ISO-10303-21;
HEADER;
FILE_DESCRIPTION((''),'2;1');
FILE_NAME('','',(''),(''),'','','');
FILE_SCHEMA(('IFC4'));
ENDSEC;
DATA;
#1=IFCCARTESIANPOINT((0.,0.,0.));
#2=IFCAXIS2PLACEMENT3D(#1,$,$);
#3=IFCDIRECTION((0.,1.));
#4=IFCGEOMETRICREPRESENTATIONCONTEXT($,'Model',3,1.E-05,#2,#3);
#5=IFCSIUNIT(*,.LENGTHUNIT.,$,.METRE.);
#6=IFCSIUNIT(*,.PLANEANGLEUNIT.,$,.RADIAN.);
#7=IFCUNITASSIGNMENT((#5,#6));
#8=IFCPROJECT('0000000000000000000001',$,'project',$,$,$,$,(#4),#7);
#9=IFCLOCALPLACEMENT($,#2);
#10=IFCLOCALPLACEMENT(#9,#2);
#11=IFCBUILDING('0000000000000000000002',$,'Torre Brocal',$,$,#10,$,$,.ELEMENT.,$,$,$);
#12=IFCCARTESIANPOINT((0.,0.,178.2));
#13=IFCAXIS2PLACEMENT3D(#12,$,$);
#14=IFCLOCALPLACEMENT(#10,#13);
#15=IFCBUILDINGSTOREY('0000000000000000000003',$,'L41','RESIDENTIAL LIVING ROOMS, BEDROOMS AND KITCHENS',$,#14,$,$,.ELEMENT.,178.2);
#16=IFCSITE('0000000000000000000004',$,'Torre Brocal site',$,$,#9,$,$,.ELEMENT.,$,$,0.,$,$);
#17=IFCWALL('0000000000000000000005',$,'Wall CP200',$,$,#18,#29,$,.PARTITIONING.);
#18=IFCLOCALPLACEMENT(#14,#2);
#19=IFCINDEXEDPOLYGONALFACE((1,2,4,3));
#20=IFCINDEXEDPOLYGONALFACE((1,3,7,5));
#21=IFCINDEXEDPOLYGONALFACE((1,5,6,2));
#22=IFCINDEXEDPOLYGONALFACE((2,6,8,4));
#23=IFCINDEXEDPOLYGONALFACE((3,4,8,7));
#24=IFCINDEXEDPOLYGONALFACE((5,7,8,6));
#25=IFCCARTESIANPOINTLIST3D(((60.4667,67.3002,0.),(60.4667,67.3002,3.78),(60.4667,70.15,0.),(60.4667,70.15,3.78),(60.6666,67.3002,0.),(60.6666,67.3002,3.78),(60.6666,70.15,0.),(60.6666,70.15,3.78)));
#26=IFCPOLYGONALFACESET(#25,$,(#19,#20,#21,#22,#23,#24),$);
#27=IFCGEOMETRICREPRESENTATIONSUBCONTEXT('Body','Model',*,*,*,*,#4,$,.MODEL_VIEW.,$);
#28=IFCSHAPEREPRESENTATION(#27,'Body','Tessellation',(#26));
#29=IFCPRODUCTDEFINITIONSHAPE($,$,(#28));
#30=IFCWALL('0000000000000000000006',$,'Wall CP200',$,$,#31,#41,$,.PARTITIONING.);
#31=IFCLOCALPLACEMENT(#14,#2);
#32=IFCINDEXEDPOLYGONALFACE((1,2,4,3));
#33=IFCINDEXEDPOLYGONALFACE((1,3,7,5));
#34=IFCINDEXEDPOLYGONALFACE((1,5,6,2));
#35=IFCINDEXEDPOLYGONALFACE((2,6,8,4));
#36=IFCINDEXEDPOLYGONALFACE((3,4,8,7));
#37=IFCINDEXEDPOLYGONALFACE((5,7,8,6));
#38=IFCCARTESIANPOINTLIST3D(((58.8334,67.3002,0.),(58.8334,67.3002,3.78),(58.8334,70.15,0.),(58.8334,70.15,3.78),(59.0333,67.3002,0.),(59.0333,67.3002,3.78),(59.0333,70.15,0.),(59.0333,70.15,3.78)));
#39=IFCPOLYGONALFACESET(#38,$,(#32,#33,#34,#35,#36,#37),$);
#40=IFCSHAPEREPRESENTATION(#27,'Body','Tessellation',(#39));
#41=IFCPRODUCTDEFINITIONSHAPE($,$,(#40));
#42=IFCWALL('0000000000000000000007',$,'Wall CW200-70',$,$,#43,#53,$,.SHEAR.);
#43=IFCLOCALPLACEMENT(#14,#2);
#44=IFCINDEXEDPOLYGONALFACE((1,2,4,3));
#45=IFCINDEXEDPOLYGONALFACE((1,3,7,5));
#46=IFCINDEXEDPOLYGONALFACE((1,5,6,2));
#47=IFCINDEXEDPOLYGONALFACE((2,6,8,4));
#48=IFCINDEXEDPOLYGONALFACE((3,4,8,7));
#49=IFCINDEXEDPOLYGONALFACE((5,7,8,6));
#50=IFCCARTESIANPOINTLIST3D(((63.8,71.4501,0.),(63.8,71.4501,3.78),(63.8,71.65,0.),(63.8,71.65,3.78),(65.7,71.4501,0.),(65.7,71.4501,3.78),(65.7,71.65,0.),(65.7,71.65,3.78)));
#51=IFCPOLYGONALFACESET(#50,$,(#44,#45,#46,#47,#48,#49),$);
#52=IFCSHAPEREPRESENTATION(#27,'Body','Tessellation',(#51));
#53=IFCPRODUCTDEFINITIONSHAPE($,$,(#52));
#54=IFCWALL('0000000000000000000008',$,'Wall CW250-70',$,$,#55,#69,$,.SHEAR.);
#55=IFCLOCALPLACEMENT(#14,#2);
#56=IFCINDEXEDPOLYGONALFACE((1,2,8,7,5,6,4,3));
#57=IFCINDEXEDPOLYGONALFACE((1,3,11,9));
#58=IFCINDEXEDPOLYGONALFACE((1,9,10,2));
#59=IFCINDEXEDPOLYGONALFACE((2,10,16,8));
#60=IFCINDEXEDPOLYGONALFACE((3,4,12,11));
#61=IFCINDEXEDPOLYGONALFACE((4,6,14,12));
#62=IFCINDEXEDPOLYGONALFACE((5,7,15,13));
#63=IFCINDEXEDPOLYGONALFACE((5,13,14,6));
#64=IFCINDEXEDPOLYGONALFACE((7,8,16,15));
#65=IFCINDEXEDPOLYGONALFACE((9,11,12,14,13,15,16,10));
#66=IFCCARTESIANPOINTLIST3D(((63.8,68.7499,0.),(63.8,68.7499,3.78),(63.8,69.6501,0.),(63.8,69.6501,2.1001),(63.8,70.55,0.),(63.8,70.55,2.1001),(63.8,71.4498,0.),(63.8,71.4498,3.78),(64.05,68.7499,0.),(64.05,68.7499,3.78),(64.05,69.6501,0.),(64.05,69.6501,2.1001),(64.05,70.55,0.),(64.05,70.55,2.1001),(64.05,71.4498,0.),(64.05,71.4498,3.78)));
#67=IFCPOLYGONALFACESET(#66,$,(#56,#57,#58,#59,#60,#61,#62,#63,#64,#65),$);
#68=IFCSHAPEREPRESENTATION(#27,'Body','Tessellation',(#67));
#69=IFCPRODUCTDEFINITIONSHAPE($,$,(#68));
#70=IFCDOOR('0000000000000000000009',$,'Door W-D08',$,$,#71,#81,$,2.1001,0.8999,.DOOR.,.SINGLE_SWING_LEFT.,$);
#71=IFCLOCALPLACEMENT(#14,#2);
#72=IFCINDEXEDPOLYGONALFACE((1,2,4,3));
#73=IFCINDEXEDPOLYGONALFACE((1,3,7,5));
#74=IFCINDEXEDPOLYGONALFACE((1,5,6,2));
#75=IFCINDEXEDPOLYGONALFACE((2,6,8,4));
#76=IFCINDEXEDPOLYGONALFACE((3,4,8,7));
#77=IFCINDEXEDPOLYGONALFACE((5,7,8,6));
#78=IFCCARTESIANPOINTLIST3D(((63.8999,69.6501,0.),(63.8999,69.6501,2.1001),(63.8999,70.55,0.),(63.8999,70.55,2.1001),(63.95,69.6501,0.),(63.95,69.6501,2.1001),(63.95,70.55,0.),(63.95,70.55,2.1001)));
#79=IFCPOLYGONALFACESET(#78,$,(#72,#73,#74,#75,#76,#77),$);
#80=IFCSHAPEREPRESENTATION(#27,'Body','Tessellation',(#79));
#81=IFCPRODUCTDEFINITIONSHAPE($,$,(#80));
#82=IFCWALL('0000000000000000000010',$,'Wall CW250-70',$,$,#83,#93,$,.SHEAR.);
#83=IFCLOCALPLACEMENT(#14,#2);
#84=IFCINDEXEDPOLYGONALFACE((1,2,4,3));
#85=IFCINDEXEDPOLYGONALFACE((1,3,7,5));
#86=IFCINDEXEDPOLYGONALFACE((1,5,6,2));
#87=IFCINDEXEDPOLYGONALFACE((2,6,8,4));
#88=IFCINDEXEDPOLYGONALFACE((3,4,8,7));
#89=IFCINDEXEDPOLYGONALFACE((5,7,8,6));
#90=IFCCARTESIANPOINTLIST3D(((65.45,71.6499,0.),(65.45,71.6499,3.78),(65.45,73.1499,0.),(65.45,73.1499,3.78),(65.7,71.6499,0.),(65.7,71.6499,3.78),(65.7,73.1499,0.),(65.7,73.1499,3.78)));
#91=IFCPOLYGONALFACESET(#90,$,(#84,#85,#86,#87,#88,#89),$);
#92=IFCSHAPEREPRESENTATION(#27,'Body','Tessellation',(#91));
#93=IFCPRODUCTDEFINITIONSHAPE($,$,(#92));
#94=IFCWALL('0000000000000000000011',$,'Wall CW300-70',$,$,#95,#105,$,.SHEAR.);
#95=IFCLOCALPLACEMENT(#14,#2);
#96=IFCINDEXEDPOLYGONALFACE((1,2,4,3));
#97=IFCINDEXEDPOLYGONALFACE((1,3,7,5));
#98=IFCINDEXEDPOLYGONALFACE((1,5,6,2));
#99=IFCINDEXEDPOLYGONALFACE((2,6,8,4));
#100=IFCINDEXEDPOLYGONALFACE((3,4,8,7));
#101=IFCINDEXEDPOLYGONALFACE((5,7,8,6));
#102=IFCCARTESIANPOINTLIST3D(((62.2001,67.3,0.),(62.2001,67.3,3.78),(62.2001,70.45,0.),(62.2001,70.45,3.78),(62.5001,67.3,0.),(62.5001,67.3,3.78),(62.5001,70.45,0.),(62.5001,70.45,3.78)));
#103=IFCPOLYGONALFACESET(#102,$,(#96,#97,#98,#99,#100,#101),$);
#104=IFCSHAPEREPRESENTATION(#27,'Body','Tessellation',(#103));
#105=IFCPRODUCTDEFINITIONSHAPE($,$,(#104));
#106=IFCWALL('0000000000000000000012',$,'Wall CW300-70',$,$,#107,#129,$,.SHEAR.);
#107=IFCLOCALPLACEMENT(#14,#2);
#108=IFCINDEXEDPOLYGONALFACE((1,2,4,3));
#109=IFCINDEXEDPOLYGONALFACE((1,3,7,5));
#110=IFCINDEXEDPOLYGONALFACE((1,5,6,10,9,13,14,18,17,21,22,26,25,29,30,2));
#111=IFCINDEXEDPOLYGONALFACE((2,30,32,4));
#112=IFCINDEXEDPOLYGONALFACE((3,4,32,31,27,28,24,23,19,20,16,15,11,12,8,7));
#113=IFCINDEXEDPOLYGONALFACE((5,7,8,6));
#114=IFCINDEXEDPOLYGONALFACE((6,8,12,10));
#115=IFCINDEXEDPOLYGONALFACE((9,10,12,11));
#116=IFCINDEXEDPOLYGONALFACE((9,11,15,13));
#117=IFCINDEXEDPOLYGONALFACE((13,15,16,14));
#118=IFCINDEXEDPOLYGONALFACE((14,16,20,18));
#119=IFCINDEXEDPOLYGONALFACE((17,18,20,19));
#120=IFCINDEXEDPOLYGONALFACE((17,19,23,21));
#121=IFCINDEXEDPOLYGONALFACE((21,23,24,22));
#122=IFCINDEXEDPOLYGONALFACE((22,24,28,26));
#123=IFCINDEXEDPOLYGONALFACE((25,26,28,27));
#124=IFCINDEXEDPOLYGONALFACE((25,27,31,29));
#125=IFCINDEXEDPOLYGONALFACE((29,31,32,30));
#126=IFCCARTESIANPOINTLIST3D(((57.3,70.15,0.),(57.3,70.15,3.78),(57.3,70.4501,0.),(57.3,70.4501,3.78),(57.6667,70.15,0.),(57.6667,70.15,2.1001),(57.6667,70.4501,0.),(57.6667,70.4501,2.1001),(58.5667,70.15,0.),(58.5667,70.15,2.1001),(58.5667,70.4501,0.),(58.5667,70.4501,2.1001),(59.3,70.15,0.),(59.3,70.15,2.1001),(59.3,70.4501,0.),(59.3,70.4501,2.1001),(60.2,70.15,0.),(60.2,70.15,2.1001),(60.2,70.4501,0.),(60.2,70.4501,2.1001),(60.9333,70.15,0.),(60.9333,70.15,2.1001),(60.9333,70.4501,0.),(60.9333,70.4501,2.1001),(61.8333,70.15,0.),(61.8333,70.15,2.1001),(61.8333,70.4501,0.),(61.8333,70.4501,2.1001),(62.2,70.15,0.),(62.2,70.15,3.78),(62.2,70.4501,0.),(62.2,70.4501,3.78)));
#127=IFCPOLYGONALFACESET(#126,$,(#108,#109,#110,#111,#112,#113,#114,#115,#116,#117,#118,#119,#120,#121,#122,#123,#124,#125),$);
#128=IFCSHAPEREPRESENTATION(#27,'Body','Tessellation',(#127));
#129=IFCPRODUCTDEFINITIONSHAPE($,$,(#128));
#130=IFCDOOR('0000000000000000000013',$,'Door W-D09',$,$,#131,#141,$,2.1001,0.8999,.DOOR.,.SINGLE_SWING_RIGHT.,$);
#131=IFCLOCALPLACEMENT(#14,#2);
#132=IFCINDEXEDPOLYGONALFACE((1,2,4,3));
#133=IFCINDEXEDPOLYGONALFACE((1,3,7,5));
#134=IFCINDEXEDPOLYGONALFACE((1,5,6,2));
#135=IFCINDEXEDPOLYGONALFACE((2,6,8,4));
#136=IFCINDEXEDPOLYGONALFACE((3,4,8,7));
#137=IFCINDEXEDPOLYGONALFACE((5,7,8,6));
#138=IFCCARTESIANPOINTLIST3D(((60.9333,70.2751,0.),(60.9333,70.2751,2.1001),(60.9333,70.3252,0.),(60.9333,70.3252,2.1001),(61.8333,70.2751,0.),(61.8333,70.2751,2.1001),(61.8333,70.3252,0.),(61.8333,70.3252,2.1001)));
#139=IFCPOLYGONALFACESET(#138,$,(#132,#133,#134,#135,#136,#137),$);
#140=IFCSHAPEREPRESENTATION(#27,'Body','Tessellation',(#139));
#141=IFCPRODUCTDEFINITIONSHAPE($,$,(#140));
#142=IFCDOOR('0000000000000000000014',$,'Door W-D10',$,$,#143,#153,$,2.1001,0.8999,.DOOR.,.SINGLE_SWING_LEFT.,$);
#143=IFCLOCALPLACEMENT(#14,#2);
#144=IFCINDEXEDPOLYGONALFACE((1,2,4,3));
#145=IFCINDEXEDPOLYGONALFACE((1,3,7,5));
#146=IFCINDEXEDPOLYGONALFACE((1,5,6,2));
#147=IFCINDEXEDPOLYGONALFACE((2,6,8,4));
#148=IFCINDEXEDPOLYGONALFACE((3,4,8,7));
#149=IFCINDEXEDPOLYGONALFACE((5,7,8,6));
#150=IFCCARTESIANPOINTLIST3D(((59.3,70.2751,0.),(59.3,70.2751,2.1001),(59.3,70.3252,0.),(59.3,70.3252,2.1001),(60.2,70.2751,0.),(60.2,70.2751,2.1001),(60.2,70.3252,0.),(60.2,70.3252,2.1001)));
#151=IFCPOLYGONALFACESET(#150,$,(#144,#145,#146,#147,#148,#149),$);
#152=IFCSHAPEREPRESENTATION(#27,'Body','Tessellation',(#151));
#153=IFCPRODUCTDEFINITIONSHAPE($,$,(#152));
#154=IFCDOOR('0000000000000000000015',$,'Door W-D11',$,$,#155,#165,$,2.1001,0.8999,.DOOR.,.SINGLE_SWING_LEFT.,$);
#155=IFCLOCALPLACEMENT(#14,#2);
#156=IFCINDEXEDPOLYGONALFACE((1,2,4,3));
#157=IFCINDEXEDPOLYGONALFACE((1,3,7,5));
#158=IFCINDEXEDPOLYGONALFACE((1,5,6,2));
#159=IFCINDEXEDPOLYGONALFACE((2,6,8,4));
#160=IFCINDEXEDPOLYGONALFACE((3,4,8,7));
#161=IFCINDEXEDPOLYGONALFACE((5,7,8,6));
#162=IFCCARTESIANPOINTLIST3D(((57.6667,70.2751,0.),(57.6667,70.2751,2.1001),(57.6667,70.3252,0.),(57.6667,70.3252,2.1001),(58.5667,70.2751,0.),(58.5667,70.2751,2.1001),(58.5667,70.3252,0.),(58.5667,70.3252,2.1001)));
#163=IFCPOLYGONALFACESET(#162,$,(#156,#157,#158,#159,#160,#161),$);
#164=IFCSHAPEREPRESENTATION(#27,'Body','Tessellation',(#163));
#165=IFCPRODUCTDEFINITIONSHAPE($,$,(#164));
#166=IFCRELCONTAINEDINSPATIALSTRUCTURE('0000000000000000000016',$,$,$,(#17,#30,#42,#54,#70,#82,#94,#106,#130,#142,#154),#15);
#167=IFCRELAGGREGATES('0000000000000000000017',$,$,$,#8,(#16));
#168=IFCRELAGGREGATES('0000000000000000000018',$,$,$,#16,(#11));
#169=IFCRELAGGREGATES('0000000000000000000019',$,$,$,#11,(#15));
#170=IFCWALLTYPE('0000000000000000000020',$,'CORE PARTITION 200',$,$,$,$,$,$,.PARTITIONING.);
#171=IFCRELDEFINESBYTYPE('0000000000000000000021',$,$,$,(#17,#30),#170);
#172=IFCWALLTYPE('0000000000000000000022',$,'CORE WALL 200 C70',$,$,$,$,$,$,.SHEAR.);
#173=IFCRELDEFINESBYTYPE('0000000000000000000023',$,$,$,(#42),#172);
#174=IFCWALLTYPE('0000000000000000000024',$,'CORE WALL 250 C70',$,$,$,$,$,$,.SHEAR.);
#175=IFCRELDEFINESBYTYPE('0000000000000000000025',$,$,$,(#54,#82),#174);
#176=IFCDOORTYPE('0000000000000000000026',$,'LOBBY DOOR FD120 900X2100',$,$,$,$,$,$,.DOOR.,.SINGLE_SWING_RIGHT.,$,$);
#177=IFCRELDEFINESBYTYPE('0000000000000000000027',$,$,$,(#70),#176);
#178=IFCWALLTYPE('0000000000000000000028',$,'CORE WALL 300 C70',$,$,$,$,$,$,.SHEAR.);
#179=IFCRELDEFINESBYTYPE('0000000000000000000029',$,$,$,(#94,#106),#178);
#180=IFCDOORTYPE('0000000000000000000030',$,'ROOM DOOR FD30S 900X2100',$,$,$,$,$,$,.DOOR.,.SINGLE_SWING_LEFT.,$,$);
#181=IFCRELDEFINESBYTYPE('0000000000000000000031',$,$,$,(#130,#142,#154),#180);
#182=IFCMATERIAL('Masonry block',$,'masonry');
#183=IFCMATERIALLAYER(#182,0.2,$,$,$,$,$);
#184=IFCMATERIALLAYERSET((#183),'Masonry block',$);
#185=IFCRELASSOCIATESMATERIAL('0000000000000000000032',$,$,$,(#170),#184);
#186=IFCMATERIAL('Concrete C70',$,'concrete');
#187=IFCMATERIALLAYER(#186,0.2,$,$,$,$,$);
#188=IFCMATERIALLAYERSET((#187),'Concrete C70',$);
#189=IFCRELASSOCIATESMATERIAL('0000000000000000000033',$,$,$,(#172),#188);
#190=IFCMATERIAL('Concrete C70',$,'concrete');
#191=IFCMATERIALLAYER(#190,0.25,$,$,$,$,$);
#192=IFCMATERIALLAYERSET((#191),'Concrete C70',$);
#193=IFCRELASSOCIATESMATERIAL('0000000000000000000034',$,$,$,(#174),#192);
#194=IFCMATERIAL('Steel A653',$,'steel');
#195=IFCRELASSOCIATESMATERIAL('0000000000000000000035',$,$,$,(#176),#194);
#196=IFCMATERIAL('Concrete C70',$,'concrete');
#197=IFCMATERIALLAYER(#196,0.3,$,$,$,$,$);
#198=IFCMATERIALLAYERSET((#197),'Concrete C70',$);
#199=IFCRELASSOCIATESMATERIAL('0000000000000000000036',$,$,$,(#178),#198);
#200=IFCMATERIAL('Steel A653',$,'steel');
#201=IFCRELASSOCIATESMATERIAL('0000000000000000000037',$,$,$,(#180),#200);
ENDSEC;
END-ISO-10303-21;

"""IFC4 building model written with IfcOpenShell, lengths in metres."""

from ifc_helpers import new_model, si_unit, direction, frame, frame_2d, origin, place, context, subcontext, project, spatial, rectangle, extrude, material, layer, layer_set, type_object, element, fill, save


model = new_model("IFC4")

# Units and contexts
model_context = context("Model", 3, precision=1e-05, world=origin(), true_north=direction((0.0, 1.0)))
body_context = subcontext(model_context, "Body", "Model", "MODEL_VIEW")
ifc_project = project(units=[si_unit("LENGTHUNIT", "METRE"), si_unit("PLANEANGLEUNIT", "RADIAN")], contexts=[model_context])

# Site, building, storey
site_placement = place(None, origin())
site = spatial("IfcSite", under=ifc_project, at=site_placement, Name="Torre Brocal site", CompositionType="ELEMENT", RefElevation=0.0)
building_placement = place(site_placement, origin())
building = spatial("IfcBuilding", under=site, at=building_placement, Name="Torre Brocal", CompositionType="ELEMENT")
storey_placement = place(building_placement, frame((0.0, 0.0, 178.2)))
storey = spatial("IfcBuildingStorey", under=building, at=storey_placement, Name="L41", Description="RESIDENTIAL LIVING ROOMS, BEDROOMS AND KITCHENS", CompositionType="ELEMENT", Elevation=178.2)

# Walls
ifc_material_1 = material(Name="Masonry block", Category="masonry")
ifc_layer_1 = layer(ifc_material_1, 0.2)
ifc_layer_set_1 = layer_set([ifc_layer_1], Name="Masonry block")
wall_type_1 = type_object("IfcWallType", Name="CORE PARTITION 200", PredefinedType="PARTITIONING", material=ifc_layer_set_1)
for number, where, z_axis, x_axis, name in (
    (1, (60.5667, 70.1499, 0.0), (0.0, 0.0, 1.0), (0.0, -1.0, 0.0), "Wall CP200"),
    (2, (58.9333, 70.1499, 0.0), (0.0, 0.0, 1.0), (0.0, -1.0, 0.0), "Wall CP200"),
):
    element("IfcWall", number, at=place(storey_placement, frame(where, z_axis=z_axis, x_axis=x_axis)), inside=storey, type_object=wall_type_1, Name=name, PredefinedType="PARTITIONING", context=body_context, shape_type="SweptSolid", body=[
        extrude(rectangle(XDim=2.8499, YDim=0.2, at=frame_2d((1.4248, 0.0))), origin(), (0.0, 0.0, 1.0), 3.78),
    ])
ifc_material_2 = material(Name="Concrete C70", Category="concrete")
ifc_layer_2 = layer(ifc_material_2, 0.2)
ifc_layer_set_2 = layer_set([ifc_layer_2], Name="Concrete C70")
wall_type_2 = type_object("IfcWallType", Name="CORE WALL 200 C70", PredefinedType="SHEAR", material=ifc_layer_set_2)
wall_1_placement = place(storey_placement, frame((65.7, 71.55, 0.0), z_axis=(0.0, 0.0, 1.0), x_axis=(-1.0, 0.0, 0.0)))
element("IfcWall", 3, at=wall_1_placement, inside=storey, type_object=wall_type_2, Name="Wall CW200-70", PredefinedType="SHEAR", context=body_context, shape_type="SweptSolid", body=[
    extrude(rectangle(XDim=1.8999, YDim=0.2, at=frame_2d((0.95, 0.0))), origin(), (0.0, 0.0, 1.0), 3.78),
])

# Wall, opening, door
ifc_material_3 = material(Name="Concrete C70", Category="concrete")
ifc_layer_3 = layer(ifc_material_3, 0.25)
ifc_layer_set_3 = layer_set([ifc_layer_3], Name="Concrete C70")
wall_type_3 = type_object("IfcWallType", Name="CORE WALL 250 C70", PredefinedType="SHEAR", material=ifc_layer_set_3)
wall_2_placement = place(storey_placement, frame((63.925, 71.45, 0.0), z_axis=(0.0, 0.0, 1.0), x_axis=(0.0, -1.0, 0.0)))
wall_2 = element("IfcWall", 4, at=wall_2_placement, inside=storey, type_object=wall_type_3, Name="Wall CW250-70", PredefinedType="SHEAR", context=body_context, shape_type="SweptSolid", body=[
    extrude(rectangle(XDim=2.7, YDim=0.25, at=frame_2d((1.3501, 0.0))), origin(), (0.0, 0.0, 1.0), 3.78),
])
opening_1_placement = place(wall_2_placement, frame((0.8999, 0.0, 0.0)))
opening_1 = element("IfcOpeningElement", 5, at=opening_1_placement, cuts=wall_2, PredefinedType="OPENING", context=body_context, shape_type="SweptSolid", body=[
    extrude(rectangle(XDim=0.8999, YDim=2.1001, at=frame_2d((0.45, 1.05))), frame((0.0, 0.135, 0.0), z_axis=(0.0, -1.0, 0.0), x_axis=(1.0, 0.0, 0.0)), (0.0, 0.0, 1.0), 0.27),
])
ifc_material_4 = material(Name="Steel A653", Category="steel")
door_type_1 = type_object("IfcDoorType", Name="LOBBY DOOR FD120 900X2100", OperationType="SINGLE_SWING_RIGHT", PredefinedType="DOOR", material=ifc_material_4)
door_1_placement = place(opening_1_placement, origin())
door_1 = element("IfcDoor", 6, at=door_1_placement, inside=storey, type_object=door_type_1, Name="Door W-D08", OperationType="SINGLE_SWING_LEFT", OverallHeight=2.1001, OverallWidth=0.8999, PredefinedType="DOOR", context=body_context, shape_type="SweptSolid", body=[
    extrude(rectangle(XDim=0.8999, YDim=2.1001, at=frame_2d((0.45, 1.05))), frame((0.0, 0.0249, 0.0), z_axis=(0.0, -1.0, 0.0), x_axis=(1.0, 0.0, 0.0)), (0.0, 0.0, 1.0), 0.05),
])
fill(opening_1, door_1)

# Walls
wall_3_placement = place(storey_placement, frame((65.575, 73.1499, 0.0), z_axis=(0.0, 0.0, 1.0), x_axis=(0.0, -1.0, 0.0)))
element("IfcWall", 7, at=wall_3_placement, inside=storey, type_object=wall_type_3, Name="Wall CW250-70", PredefinedType="SHEAR", context=body_context, shape_type="SweptSolid", body=[
    extrude(rectangle(XDim=1.5, YDim=0.25, at=frame_2d((0.75, 0.0))), origin(), (0.0, 0.0, 1.0), 3.78),
])
ifc_material_5 = material(Name="Concrete C70", Category="concrete")
ifc_layer_4 = layer(ifc_material_5, 0.3)
ifc_layer_set_4 = layer_set([ifc_layer_4], Name="Concrete C70")
wall_type_4 = type_object("IfcWallType", Name="CORE WALL 300 C70", PredefinedType="SHEAR", material=ifc_layer_set_4)
wall_4_placement = place(storey_placement, frame((62.3501, 70.45, 0.0), z_axis=(0.0, 0.0, 1.0), x_axis=(0.0, -1.0, 0.0)))
element("IfcWall", 8, at=wall_4_placement, inside=storey, type_object=wall_type_4, Name="Wall CW300-70", PredefinedType="SHEAR", context=body_context, shape_type="SweptSolid", body=[
    extrude(rectangle(XDim=3.1499, YDim=0.3, at=frame_2d((1.575, 0.0))), origin(), (0.0, 0.0, 1.0), 3.78),
])

# Wall, openings, doors
wall_5_placement = place(storey_placement, frame((62.2, 70.3, 0.0), z_axis=(0.0, 0.0, 1.0), x_axis=(-1.0, 0.0, 0.0)))
wall_5 = element("IfcWall", 9, at=wall_5_placement, inside=storey, type_object=wall_type_4, Name="Wall CW300-70", PredefinedType="SHEAR", context=body_context, shape_type="SweptSolid", body=[
    extrude(rectangle(XDim=4.8999, YDim=0.3, at=frame_2d((2.45, 0.0))), origin(), (0.0, 0.0, 1.0), 3.78),
])
opening_2_placement = place(wall_5_placement, frame((0.3667, 0.0, 0.0)))
opening_2 = element("IfcOpeningElement", 10, at=opening_2_placement, cuts=wall_5, PredefinedType="OPENING", context=body_context, shape_type="SweptSolid", body=[
    extrude(rectangle(XDim=0.8999, YDim=2.1001, at=frame_2d((0.45, 1.05))), frame((0.0, 0.1599, 0.0), z_axis=(0.0, -1.0, 0.0), x_axis=(1.0, 0.0, 0.0)), (0.0, 0.0, 1.0), 0.3201),
])
opening_3_placement = place(wall_5_placement, frame((2.0, 0.0, 0.0)))
opening_3 = element("IfcOpeningElement", 11, at=opening_3_placement, cuts=wall_5, PredefinedType="OPENING", context=body_context, shape_type="SweptSolid", body=[
    extrude(rectangle(XDim=0.8999, YDim=2.1001, at=frame_2d((0.45, 1.05))), frame((0.0, 0.1599, 0.0), z_axis=(0.0, -1.0, 0.0), x_axis=(1.0, 0.0, 0.0)), (0.0, 0.0, 1.0), 0.3201),
])
opening_4_placement = place(wall_5_placement, frame((3.6333, 0.0, 0.0)))
opening_4 = element("IfcOpeningElement", 12, at=opening_4_placement, cuts=wall_5, PredefinedType="OPENING", context=body_context, shape_type="SweptSolid", body=[
    extrude(rectangle(XDim=0.8999, YDim=2.1001, at=frame_2d((0.45, 1.05))), frame((0.0, 0.1599, 0.0), z_axis=(0.0, -1.0, 0.0), x_axis=(1.0, 0.0, 0.0)), (0.0, 0.0, 1.0), 0.3201),
])
ifc_material_6 = material(Name="Steel A653", Category="steel")
door_type_2 = type_object("IfcDoorType", Name="ROOM DOOR FD30S 900X2100", OperationType="SINGLE_SWING_LEFT", PredefinedType="DOOR", material=ifc_material_6)
door_2_placement = place(opening_2_placement, origin())
door_2 = element("IfcDoor", 13, at=door_2_placement, inside=storey, type_object=door_type_2, Name="Door W-D09", OperationType="SINGLE_SWING_RIGHT", OverallHeight=2.1001, OverallWidth=0.8999, PredefinedType="DOOR", context=body_context, shape_type="SweptSolid", body=[
    extrude(rectangle(XDim=0.8999, YDim=2.1001, at=frame_2d((0.45, 1.05))), frame((0.0, 0.0249, 0.0), z_axis=(0.0, -1.0, 0.0), x_axis=(1.0, 0.0, 0.0)), (0.0, 0.0, 1.0), 0.05),
])
fill(opening_2, door_2)
door_3_placement = place(opening_3_placement, origin())
door_3 = element("IfcDoor", 14, at=door_3_placement, inside=storey, type_object=door_type_2, Name="Door W-D10", OperationType="SINGLE_SWING_LEFT", OverallHeight=2.1001, OverallWidth=0.8999, PredefinedType="DOOR", context=body_context, shape_type="SweptSolid", body=[
    extrude(rectangle(XDim=0.8999, YDim=2.1001, at=frame_2d((0.45, 1.05))), frame((0.0, 0.0249, 0.0), z_axis=(0.0, -1.0, 0.0), x_axis=(1.0, 0.0, 0.0)), (0.0, 0.0, 1.0), 0.05),
])
fill(opening_3, door_3)
door_4_placement = place(opening_4_placement, origin())
door_4 = element("IfcDoor", 15, at=door_4_placement, inside=storey, type_object=door_type_2, Name="Door W-D11", OperationType="SINGLE_SWING_LEFT", OverallHeight=2.1001, OverallWidth=0.8999, PredefinedType="DOOR", context=body_context, shape_type="SweptSolid", body=[
    extrude(rectangle(XDim=0.8999, YDim=2.1001, at=frame_2d((0.45, 1.05))), frame((0.0, 0.0249, 0.0), z_axis=(0.0, -1.0, 0.0), x_axis=(1.0, 0.0, 0.0)), (0.0, 0.0, 1.0), 0.05),
])
fill(opening_4, door_4)

save(model, "model.ifc")
